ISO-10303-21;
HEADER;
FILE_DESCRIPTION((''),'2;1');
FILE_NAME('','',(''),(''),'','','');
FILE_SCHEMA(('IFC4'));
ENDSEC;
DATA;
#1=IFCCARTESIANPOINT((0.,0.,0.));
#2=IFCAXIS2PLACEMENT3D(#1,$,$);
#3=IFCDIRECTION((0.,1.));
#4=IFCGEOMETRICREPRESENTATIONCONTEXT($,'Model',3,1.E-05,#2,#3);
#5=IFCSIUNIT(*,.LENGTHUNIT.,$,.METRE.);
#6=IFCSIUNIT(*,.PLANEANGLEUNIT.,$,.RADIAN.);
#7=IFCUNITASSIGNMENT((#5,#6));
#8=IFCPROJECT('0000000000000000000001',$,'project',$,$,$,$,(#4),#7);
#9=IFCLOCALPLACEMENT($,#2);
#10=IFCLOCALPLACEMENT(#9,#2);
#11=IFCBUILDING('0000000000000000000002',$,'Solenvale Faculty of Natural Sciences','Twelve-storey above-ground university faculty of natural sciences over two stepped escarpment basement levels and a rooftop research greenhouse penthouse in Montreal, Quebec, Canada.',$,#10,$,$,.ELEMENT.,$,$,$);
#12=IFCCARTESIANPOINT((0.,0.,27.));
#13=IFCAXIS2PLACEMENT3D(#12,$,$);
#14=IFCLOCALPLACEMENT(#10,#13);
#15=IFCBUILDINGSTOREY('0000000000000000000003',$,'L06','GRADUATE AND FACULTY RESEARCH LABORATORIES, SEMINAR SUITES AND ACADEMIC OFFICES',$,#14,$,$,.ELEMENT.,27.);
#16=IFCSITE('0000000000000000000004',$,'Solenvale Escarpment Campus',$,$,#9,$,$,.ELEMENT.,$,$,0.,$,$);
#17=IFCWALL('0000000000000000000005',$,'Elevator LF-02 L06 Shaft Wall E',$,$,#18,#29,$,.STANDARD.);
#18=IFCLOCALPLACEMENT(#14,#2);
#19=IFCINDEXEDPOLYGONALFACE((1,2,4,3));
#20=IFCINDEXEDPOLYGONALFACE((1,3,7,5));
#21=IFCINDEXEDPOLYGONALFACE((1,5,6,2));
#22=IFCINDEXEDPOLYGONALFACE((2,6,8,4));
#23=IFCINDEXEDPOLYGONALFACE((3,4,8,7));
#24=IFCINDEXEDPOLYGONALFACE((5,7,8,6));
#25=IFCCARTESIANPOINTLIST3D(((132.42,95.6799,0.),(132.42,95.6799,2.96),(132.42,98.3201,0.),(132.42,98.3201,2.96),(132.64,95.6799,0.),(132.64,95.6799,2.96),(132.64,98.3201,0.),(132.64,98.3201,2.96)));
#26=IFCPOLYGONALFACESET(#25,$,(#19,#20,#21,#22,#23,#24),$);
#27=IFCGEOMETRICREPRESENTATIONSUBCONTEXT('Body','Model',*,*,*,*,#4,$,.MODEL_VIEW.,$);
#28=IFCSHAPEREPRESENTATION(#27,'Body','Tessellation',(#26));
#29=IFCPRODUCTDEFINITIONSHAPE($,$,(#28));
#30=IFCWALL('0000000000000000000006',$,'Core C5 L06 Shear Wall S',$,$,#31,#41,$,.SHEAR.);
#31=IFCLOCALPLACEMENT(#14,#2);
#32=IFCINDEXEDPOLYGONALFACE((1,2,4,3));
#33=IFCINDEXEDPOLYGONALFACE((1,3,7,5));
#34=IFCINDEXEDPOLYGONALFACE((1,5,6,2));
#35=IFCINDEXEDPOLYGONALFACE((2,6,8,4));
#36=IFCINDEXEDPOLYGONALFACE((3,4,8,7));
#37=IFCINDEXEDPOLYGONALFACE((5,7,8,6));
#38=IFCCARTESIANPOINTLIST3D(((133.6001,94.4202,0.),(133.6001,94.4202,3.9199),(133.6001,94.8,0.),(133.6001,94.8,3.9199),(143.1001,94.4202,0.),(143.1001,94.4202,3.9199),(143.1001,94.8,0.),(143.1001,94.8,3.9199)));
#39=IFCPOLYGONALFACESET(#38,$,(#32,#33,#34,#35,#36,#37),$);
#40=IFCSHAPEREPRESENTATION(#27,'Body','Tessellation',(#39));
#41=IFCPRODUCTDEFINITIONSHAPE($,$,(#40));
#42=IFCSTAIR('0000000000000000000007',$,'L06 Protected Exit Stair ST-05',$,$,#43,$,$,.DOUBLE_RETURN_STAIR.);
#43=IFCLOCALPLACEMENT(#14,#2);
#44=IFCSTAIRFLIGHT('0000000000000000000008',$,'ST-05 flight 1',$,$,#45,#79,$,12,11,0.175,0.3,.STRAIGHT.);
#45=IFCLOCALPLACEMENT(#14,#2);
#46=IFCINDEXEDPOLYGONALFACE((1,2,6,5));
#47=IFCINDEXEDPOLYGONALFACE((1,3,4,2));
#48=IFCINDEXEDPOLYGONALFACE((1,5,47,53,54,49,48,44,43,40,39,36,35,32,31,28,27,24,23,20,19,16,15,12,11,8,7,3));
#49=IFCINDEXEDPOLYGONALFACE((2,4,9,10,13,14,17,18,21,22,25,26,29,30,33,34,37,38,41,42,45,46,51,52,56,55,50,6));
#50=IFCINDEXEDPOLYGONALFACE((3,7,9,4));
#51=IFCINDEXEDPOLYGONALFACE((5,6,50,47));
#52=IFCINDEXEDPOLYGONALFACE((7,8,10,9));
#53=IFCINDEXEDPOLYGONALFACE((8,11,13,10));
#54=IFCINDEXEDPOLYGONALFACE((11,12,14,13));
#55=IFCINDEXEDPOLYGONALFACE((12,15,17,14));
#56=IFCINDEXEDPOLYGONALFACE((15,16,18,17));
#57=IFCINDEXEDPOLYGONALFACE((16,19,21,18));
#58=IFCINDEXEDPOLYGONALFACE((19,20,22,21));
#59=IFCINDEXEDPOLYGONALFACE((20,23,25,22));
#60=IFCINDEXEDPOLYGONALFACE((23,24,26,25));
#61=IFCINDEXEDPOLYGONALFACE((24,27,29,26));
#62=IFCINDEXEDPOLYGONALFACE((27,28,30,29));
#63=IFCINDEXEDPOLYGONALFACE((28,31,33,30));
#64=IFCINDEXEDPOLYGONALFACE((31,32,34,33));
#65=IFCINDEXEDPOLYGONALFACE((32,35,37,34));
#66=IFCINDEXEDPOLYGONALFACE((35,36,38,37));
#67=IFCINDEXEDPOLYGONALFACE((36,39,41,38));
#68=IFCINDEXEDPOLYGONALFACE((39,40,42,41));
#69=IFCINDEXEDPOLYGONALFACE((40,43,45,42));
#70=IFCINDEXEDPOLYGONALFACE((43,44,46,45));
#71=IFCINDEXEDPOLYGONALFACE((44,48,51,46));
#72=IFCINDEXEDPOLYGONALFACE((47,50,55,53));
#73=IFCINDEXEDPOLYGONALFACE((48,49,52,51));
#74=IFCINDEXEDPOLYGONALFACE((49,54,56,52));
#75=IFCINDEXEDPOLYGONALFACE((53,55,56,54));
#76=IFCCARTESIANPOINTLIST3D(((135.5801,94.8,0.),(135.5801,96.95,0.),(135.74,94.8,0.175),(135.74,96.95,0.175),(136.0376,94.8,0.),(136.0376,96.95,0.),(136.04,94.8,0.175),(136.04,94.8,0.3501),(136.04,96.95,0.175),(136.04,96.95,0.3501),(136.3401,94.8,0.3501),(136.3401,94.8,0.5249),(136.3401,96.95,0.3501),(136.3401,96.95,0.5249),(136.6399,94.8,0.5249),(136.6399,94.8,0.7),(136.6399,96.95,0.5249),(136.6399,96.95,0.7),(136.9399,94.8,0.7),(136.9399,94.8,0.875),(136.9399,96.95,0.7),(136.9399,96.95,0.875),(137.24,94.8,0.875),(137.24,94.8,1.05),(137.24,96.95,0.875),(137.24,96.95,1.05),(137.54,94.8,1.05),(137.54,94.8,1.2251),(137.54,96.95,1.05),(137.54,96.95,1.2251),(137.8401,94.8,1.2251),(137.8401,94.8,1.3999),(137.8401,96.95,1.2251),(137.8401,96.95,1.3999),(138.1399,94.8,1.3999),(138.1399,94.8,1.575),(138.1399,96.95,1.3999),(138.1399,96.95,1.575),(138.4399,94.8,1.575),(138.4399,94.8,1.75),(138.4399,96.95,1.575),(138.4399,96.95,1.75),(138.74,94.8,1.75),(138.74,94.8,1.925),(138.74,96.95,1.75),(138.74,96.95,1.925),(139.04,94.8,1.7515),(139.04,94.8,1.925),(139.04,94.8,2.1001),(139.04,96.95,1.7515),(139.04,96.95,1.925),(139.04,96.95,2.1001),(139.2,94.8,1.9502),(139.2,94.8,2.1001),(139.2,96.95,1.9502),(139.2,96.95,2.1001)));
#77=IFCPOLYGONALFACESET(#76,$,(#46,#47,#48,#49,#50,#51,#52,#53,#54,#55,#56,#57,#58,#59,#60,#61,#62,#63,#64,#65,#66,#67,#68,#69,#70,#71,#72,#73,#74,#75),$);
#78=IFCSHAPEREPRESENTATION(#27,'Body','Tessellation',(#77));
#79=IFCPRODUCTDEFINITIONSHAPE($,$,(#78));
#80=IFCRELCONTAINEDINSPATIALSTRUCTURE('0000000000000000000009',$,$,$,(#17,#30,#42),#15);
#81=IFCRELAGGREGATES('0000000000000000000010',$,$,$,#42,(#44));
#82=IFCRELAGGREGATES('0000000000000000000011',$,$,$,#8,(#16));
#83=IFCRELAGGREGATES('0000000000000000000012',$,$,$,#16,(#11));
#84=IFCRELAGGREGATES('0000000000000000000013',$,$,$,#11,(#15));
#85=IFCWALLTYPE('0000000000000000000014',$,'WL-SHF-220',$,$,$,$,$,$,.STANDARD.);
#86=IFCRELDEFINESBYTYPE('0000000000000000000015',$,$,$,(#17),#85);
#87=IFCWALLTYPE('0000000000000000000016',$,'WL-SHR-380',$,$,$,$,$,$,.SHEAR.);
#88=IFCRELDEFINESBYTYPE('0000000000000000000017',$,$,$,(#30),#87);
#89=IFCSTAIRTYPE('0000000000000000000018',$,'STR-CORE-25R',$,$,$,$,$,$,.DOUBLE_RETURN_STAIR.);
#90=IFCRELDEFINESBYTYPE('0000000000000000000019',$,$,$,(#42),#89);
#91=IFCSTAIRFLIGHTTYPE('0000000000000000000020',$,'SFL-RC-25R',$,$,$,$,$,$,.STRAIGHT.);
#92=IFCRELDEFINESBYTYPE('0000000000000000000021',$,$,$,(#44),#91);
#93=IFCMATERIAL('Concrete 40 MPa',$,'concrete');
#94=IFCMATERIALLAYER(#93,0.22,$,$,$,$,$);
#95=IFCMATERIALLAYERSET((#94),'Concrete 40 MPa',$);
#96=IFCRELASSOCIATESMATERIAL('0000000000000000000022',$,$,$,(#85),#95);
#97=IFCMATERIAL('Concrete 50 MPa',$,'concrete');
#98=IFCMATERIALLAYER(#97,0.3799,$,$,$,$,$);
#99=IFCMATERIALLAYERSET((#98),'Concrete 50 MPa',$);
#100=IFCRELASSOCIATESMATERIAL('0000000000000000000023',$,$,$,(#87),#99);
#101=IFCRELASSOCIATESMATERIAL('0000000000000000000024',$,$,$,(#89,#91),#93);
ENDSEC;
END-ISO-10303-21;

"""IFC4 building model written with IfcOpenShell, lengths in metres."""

from ifc_helpers import new_model, si_unit, direction, frame, frame_2d, origin, place, context, subcontext, project, spatial, polyline, rectangle, outline, extrude, material, layer, layer_set, type_object, element, aggregate, save


model = new_model("IFC4")

# Units and contexts
model_context = context("Model", 3, precision=1e-05, world=origin(), true_north=direction((0.0, 1.0)))
body_context = subcontext(model_context, "Body", "Model", "MODEL_VIEW")
ifc_project = project(units=[si_unit("LENGTHUNIT", "METRE"), si_unit("PLANEANGLEUNIT", "RADIAN")], contexts=[model_context])

# Site, building, storey
site_placement = place(None, origin())
site = spatial("IfcSite", under=ifc_project, at=site_placement, Name="Solenvale Escarpment Campus", CompositionType="ELEMENT", RefElevation=0.0)
building_placement = place(site_placement, origin())
building = spatial("IfcBuilding", under=site, at=building_placement, Name="Solenvale Faculty of Natural Sciences", Description="Twelve-storey above-ground university faculty of natural sciences over two stepped escarpment basement levels and a rooftop research greenhouse penthouse in Montreal, Quebec, Canada.", CompositionType="ELEMENT")
storey_placement = place(building_placement, frame((0.0, 0.0, 27.0)))
storey = spatial("IfcBuildingStorey", under=building, at=storey_placement, Name="L06", Description="GRADUATE AND FACULTY RESEARCH LABORATORIES, SEMINAR SUITES AND ACADEMIC OFFICES", CompositionType="ELEMENT", Elevation=27.0)

# Shared definitions
ifc_material_1 = material(Name="Concrete 40 MPa", Category="concrete")

# Walls
ifc_layer_1 = layer(ifc_material_1, 0.22)
ifc_layer_set_1 = layer_set([ifc_layer_1], Name="Concrete 40 MPa")
wall_type_1 = type_object("IfcWallType", Name="WL-SHF-220", PredefinedType="STANDARD", material=ifc_layer_set_1)
wall_1_placement = place(storey_placement, frame((132.53, 95.6799, 0.0), z_axis=(0.0, 0.0, 1.0), x_axis=(0.0, 1.0, 0.0)))
element("IfcWall", 1, at=wall_1_placement, inside=storey, type_object=wall_type_1, Name="Elevator LF-02 L06 Shaft Wall E", PredefinedType="STANDARD", context=body_context, shape_type="SweptSolid", body=[
    extrude(rectangle(XDim=2.6401, YDim=0.22, at=frame_2d((1.3201, 0.0))), origin(), (0.0, 0.0, 1.0), 2.96),
])
ifc_material_2 = material(Name="Concrete 50 MPa", Category="concrete")
ifc_layer_2 = layer(ifc_material_2, 0.3799)
ifc_layer_set_2 = layer_set([ifc_layer_2], Name="Concrete 50 MPa")
wall_type_2 = type_object("IfcWallType", Name="WL-SHR-380", PredefinedType="SHEAR", material=ifc_layer_set_2)
wall_2_placement = place(storey_placement, frame((133.6001, 94.6101, 0.0), z_axis=(0.0, 0.0, 1.0), x_axis=(1.0, 0.0, 0.0)))
element("IfcWall", 2, at=wall_2_placement, inside=storey, type_object=wall_type_2, Name="Core C5 L06 Shear Wall S", PredefinedType="SHEAR", context=body_context, shape_type="SweptSolid", body=[
    extrude(rectangle(XDim=9.5, YDim=0.3799, at=frame_2d((4.75, 0.0))), origin(), (0.0, 0.0, 1.0), 3.9199),
])

# Stair, stair flight
stair_type = type_object("IfcStairType", Name="STR-CORE-25R", PredefinedType="DOUBLE_RETURN_STAIR", material=ifc_material_1)
stair_placement = place(storey_placement, origin())
stair = element("IfcStair", 3, at=stair_placement, inside=storey, type_object=stair_type, Name="L06 Protected Exit Stair ST-05", PredefinedType="DOUBLE_RETURN_STAIR")
stair_flight_type = type_object("IfcStairFlightType", Name="SFL-RC-25R", PredefinedType="STRAIGHT", material=ifc_material_1)
stair_flight_placement = place(storey_placement, frame((135.74, 95.875, 0.0), z_axis=(0.0, 0.0, 1.0), x_axis=(1.0, 0.0, 0.0)))
stair_flight = element("IfcStairFlight", 4, at=stair_flight_placement, type_object=stair_flight_type, Name="ST-05 flight 1", NumberOfRisers=12, NumberOfTreads=11, PredefinedType="STRAIGHT", RiserHeight=0.175, TreadLength=0.3, context=body_context, shape_type="SweptSolid", body=[
    extrude(outline(polyline([(-0.1599, 0.0), (0.0, 0.175), (0.3, 0.175), (0.3, 0.3501), (0.6001, 0.3501), (0.6001, 0.5249), (0.8999, 0.5249), (0.8999, 0.7), (1.2, 0.7), (1.2, 0.875), (1.5, 0.875), (1.5, 1.05), (1.8, 1.05), (1.8, 1.2251), (2.1001, 1.2251), (2.1001, 1.3999), (2.3999, 1.3999), (2.3999, 1.575), (2.7, 1.575), (2.7, 1.75), (3.0, 1.75), (3.0, 1.925), (3.3, 1.925), (3.3, 2.1001), (3.46, 2.1001), (3.46, 1.9502), (3.3, 1.7515), (0.2976, 0.0), (-0.1599, 0.0)])), frame((0.0, 1.075, 0.0), z_axis=(0.0, -1.0, 0.0), x_axis=(1.0, 0.0, 0.0)), (0.0, 0.0, 1.0), 2.1499),
])
aggregate(stair, [stair_flight])

save(model, "model.ifc")
